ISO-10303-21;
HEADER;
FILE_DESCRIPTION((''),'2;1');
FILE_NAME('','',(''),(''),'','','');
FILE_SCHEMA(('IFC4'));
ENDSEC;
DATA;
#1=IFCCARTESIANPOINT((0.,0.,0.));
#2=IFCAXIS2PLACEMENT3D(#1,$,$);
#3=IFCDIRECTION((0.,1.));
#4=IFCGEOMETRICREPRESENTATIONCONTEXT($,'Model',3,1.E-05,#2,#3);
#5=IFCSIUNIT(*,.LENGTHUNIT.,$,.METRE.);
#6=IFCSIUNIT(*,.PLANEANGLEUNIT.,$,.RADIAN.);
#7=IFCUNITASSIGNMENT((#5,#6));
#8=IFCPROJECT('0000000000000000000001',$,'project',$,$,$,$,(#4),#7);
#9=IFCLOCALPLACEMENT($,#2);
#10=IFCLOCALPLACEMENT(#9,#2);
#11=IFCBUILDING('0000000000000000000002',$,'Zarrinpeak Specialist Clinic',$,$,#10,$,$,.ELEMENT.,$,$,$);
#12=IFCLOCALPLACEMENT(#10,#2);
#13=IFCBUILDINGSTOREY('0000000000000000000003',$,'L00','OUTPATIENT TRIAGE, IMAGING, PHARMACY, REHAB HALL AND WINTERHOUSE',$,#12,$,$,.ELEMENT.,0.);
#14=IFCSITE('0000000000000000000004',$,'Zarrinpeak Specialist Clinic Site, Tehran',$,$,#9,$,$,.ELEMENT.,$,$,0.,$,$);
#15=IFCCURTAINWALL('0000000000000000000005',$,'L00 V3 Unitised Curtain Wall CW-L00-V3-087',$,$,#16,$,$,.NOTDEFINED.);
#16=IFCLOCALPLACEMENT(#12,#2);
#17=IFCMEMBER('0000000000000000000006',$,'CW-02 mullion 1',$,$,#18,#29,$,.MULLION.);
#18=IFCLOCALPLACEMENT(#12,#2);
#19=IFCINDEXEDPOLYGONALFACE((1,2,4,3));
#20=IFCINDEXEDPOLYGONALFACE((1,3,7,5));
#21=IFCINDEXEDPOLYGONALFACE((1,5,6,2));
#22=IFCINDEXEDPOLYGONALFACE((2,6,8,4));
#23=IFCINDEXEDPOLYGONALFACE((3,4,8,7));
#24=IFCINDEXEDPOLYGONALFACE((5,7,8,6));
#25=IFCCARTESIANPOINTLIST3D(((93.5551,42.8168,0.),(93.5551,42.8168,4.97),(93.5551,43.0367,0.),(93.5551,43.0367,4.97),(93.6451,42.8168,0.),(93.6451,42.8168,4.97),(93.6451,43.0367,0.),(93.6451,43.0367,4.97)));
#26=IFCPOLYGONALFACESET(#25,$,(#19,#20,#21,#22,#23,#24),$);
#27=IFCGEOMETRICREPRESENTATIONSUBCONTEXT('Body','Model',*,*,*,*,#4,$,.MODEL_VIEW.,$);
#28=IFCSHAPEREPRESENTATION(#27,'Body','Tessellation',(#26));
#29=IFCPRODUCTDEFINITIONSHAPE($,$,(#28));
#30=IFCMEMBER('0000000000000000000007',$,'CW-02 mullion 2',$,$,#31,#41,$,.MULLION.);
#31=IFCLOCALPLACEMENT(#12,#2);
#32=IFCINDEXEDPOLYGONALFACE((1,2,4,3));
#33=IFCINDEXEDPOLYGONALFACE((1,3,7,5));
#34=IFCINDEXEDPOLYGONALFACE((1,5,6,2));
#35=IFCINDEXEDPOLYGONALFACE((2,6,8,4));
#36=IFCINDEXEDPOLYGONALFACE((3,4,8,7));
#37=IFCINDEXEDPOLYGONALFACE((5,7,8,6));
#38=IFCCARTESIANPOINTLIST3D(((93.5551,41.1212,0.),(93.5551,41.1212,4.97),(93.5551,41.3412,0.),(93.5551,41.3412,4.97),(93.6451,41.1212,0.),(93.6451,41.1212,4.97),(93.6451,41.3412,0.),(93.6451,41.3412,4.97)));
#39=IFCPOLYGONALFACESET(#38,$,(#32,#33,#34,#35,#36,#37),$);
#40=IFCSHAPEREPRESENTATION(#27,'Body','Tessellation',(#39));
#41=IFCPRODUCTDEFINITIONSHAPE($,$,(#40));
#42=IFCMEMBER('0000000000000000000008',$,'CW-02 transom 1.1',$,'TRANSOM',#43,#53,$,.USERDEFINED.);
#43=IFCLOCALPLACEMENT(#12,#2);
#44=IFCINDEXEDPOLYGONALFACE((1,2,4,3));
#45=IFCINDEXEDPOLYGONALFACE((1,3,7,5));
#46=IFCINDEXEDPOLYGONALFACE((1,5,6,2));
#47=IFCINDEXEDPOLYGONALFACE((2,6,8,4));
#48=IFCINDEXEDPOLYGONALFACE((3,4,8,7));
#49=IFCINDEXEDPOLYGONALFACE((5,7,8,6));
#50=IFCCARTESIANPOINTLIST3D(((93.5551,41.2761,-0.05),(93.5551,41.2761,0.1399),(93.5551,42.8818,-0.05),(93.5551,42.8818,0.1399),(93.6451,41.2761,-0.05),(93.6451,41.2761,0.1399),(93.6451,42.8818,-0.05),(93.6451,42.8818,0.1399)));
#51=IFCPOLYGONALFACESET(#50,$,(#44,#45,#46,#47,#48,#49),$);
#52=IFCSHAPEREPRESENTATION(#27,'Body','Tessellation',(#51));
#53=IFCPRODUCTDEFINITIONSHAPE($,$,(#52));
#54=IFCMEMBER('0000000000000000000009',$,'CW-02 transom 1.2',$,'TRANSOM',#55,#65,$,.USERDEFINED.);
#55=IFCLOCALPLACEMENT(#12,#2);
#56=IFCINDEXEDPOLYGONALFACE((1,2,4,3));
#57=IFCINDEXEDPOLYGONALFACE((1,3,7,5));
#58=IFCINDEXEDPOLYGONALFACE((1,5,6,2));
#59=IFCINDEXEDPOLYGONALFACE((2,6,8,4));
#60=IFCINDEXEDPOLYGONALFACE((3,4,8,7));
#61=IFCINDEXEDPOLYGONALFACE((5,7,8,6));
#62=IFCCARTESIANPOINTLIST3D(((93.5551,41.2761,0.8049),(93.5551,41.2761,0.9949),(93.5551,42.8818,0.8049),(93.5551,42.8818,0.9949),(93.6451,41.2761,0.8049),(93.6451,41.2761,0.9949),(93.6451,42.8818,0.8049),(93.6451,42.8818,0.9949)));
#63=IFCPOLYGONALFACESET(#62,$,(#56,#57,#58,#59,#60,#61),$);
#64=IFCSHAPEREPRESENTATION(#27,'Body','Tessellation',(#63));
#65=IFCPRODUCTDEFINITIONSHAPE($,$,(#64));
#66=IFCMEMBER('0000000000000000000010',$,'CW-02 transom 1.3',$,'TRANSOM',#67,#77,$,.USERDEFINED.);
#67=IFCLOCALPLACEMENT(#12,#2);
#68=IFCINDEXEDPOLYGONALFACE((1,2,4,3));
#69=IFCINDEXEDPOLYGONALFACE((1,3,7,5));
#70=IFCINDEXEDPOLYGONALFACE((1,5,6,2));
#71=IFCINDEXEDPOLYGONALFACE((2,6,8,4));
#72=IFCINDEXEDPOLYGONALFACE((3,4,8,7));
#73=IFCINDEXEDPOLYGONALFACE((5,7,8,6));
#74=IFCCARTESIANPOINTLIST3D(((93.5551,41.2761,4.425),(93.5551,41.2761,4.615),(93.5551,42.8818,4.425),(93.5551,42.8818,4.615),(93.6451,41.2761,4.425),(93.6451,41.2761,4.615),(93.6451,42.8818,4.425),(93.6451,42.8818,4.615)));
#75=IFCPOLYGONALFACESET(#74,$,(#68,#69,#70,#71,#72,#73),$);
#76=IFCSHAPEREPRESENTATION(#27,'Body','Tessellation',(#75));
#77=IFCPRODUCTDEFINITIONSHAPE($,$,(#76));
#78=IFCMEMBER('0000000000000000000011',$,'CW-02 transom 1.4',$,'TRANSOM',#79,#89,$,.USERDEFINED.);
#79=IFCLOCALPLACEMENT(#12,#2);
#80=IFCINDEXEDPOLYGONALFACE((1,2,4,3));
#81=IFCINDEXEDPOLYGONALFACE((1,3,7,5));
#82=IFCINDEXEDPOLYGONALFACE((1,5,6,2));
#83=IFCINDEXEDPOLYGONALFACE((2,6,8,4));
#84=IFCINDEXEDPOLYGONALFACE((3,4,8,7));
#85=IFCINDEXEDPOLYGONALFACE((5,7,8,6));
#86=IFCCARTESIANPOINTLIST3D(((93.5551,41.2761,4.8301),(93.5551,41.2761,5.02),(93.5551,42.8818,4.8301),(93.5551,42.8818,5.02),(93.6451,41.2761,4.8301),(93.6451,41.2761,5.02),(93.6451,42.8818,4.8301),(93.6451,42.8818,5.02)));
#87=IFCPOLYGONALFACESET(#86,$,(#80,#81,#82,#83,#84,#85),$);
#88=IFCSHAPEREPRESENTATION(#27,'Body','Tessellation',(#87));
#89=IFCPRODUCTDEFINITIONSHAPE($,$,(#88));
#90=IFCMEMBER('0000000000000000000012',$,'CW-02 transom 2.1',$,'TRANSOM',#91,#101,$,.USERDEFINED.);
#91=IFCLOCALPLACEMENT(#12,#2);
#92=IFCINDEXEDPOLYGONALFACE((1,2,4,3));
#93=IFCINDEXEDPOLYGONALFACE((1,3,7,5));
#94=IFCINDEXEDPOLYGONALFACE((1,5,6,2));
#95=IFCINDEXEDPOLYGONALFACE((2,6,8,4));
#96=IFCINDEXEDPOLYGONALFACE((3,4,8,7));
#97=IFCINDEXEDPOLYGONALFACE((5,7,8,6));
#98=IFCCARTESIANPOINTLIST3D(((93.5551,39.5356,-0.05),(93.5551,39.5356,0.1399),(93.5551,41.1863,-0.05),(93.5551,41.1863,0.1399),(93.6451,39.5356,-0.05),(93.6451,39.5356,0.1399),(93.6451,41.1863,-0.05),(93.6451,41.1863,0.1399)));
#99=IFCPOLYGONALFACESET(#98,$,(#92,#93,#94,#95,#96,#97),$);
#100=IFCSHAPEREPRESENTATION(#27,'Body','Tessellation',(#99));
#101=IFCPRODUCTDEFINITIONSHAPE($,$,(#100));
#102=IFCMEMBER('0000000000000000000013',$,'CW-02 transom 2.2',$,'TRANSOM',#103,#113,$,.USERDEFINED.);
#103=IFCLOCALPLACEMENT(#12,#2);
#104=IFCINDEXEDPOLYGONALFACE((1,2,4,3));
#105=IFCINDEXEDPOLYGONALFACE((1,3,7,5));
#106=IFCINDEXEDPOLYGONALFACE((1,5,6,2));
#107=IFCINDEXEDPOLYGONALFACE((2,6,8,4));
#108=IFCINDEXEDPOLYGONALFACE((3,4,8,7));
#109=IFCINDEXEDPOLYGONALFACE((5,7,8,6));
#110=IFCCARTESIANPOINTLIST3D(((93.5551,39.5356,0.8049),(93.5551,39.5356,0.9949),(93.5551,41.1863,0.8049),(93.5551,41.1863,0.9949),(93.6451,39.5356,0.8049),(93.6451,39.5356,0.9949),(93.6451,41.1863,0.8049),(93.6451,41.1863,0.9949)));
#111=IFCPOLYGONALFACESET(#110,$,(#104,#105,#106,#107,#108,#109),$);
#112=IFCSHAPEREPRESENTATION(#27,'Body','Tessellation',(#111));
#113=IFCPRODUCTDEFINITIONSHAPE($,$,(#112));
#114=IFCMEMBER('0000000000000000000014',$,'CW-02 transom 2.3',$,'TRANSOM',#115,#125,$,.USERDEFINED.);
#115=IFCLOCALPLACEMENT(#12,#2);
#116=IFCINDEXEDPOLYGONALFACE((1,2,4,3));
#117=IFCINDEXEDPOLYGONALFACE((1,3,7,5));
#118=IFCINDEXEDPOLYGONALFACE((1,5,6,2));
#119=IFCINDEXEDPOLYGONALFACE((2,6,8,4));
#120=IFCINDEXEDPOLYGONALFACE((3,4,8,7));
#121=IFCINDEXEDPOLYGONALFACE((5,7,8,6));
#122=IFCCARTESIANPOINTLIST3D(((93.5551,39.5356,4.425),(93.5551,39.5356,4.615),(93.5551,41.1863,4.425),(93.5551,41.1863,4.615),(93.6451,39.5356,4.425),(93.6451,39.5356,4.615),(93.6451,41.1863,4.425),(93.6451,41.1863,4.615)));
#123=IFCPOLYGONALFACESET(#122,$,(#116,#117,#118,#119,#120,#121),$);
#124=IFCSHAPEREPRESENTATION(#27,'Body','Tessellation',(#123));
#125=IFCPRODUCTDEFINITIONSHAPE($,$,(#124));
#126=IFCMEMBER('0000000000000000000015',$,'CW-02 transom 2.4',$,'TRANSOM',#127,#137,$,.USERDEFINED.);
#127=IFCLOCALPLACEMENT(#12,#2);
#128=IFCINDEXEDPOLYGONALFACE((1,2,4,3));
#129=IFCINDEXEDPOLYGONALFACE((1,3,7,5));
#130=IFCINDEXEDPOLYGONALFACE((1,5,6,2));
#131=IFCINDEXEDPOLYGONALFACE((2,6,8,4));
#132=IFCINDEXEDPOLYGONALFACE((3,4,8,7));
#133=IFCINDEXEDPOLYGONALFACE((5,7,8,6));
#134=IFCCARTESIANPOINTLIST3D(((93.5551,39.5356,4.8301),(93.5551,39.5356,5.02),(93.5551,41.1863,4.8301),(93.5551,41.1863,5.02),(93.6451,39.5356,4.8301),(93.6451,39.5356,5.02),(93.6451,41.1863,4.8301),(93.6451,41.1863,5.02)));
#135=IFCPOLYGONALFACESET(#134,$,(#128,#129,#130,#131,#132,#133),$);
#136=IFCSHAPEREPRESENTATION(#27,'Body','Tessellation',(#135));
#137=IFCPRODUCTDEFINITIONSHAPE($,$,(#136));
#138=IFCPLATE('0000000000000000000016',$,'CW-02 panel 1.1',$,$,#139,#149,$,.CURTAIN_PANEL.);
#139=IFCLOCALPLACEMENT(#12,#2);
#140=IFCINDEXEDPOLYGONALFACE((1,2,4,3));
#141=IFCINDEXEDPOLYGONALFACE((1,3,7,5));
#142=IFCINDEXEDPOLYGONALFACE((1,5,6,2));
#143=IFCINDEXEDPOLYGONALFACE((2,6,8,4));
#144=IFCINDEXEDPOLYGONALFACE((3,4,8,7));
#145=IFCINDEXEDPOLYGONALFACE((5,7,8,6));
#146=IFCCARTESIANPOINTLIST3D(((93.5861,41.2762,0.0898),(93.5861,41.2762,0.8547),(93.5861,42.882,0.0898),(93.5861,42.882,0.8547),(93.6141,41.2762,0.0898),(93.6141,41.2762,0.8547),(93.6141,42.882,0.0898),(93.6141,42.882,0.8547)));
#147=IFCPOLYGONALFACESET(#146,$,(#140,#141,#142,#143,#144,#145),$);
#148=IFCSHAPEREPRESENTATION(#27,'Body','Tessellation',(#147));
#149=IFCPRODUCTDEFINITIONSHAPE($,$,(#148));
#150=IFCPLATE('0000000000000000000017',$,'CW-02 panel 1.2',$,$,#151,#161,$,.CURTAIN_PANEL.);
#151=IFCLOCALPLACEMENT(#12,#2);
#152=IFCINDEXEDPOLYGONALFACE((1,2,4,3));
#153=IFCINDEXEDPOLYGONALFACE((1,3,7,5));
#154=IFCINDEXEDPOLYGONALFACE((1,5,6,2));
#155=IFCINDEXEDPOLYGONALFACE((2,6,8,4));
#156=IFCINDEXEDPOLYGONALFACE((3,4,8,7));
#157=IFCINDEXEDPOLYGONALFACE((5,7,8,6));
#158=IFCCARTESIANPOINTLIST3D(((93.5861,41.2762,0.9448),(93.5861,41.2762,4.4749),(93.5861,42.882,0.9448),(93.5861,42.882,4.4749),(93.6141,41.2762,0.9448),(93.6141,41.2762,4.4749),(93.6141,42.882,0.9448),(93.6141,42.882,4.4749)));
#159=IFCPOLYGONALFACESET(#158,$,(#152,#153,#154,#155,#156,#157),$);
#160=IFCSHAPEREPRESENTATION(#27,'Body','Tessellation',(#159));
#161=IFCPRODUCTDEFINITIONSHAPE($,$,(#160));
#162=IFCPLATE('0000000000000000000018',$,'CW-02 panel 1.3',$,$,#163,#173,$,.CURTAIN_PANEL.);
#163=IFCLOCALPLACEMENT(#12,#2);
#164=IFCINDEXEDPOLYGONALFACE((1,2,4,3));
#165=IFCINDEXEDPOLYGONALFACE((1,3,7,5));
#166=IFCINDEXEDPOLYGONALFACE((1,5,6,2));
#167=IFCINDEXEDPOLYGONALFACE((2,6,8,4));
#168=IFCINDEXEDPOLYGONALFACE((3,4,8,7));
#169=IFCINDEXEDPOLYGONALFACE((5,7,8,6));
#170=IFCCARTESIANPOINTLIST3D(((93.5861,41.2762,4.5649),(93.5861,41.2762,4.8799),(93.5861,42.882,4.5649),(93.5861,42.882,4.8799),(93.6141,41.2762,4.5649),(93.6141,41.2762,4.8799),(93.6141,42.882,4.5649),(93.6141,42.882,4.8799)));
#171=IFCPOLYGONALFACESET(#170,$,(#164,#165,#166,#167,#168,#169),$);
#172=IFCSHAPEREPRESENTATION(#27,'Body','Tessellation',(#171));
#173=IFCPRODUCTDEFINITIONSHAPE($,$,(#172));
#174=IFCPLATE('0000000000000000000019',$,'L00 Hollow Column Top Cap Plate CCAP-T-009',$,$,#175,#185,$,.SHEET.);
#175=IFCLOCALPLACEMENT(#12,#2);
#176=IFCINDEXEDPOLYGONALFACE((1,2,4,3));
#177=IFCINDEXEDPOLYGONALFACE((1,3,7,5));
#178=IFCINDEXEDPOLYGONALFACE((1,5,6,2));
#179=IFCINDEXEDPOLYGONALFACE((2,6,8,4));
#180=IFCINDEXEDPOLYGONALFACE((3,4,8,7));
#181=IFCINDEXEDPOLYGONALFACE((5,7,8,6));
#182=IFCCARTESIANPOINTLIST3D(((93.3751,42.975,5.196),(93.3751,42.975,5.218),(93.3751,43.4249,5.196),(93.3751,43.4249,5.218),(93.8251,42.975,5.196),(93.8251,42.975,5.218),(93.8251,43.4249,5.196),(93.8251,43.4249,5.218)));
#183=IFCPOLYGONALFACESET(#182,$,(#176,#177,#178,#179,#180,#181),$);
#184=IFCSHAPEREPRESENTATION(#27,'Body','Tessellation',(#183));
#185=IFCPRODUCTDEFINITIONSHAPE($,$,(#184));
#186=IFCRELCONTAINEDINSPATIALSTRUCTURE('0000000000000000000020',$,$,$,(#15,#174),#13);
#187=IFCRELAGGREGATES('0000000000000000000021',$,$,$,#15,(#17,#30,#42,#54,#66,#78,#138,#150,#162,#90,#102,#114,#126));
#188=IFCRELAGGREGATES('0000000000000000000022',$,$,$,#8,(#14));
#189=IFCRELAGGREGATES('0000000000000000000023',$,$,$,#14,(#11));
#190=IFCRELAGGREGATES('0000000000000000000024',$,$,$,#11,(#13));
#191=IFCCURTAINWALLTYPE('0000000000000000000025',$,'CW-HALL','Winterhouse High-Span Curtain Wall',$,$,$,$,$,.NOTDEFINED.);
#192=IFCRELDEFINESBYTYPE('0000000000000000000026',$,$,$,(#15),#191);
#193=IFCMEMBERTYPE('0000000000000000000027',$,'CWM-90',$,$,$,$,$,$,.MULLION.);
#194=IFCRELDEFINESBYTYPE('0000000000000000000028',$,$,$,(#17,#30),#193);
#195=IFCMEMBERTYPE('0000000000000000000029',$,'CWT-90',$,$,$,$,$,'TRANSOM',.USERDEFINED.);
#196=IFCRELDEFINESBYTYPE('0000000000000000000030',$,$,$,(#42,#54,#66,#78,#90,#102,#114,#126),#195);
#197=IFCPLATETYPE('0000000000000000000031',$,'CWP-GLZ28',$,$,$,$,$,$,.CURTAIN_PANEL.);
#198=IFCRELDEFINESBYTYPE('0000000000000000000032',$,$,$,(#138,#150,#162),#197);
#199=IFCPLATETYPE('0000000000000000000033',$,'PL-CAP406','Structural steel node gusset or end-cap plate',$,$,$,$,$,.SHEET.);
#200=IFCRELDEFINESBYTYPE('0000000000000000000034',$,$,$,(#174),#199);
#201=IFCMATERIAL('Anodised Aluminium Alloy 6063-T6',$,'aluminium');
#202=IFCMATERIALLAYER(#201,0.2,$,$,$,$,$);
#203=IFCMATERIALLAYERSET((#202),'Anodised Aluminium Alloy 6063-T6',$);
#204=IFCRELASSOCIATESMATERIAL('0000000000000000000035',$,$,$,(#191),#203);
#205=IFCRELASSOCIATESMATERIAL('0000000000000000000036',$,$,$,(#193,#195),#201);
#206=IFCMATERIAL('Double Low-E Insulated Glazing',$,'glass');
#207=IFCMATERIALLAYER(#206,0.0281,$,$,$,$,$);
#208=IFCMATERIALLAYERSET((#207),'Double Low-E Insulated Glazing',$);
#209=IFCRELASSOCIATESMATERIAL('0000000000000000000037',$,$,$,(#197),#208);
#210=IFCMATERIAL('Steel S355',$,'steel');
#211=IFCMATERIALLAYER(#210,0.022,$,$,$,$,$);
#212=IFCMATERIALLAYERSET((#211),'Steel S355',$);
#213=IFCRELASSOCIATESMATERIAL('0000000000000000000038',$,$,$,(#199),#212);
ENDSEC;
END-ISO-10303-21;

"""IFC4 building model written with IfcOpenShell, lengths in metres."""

from ifc_helpers import new_model, si_unit, direction, frame, origin, origin_2d, place, context, subcontext, project, spatial, rectangle, extrude, material, layer, layer_set, material_profile, profile_set, type_object, element, aggregate, save


model = new_model("IFC4")

# Units and contexts
model_context = context("Model", 3, precision=1e-05, world=origin(), true_north=direction((0.0, 1.0)))
body_context = subcontext(model_context, "Body", "Model", "MODEL_VIEW")
ifc_project = project(units=[si_unit("LENGTHUNIT", "METRE"), si_unit("PLANEANGLEUNIT", "RADIAN")], contexts=[model_context])

# Site, building, storey
site_placement = place(None, origin())
site = spatial("IfcSite", under=ifc_project, at=site_placement, Name="Zarrinpeak Specialist Clinic Site, Tehran", CompositionType="ELEMENT", RefElevation=0.0)
building_placement = place(site_placement, origin())
building = spatial("IfcBuilding", under=site, at=building_placement, Name="Zarrinpeak Specialist Clinic", CompositionType="ELEMENT")
storey_placement = place(building_placement, origin())
storey = spatial("IfcBuildingStorey", under=building, at=storey_placement, Name="L00", Description="OUTPATIENT TRIAGE, IMAGING, PHARMACY, REHAB HALL AND WINTERHOUSE", CompositionType="ELEMENT", Elevation=0.0)

# Shared definitions
ifc_material_1 = material(Name="Steel S355", Category="steel")

# Curtain wall, members, plates
ifc_material_2 = material(Name="Anodised Aluminium Alloy 6063-T6", Category="aluminium")
ifc_layer_1 = layer(ifc_material_2, 0.2)
ifc_layer_set_1 = layer_set([ifc_layer_1], Name="Anodised Aluminium Alloy 6063-T6")
curtain_wall_type = type_object("IfcCurtainWallType", Name="CW-HALL", Description="Winterhouse High-Span Curtain Wall", PredefinedType="NOTDEFINED", material=ifc_layer_set_1)
curtain_wall_placement = place(storey_placement, origin())
curtain_wall = element("IfcCurtainWall", 1, at=curtain_wall_placement, inside=storey, type_object=curtain_wall_type, Name="L00 V3 Unitised Curtain Wall CW-L00-V3-087", PredefinedType="NOTDEFINED")
ifc_material_profile_1 = material_profile(ifc_material_2, rectangle(XDim=0.0901, YDim=0.22, at=origin_2d()), Name="ALU 90x220")
ifc_profile_set_1 = profile_set([ifc_material_profile_1], Name="Anodised Aluminium Alloy 6063-T6")
member_type_1 = type_object("IfcMemberType", Name="CWM-90", PredefinedType="MULLION", material=ifc_profile_set_1)
member_1_placement = place(storey_placement, frame((93.6001, 42.9268, 0.0), z_axis=(0.0, 0.0, 1.0), x_axis=(1.0, 0.0, 0.0)))
member_1 = element("IfcMember", 2, at=member_1_placement, type_object=member_type_1, Name="CW-02 mullion 1", PredefinedType="MULLION", context=body_context, shape_type="SweptSolid", body=[
    extrude(rectangle(XDim=0.0901, YDim=0.22, at=origin_2d()), origin(), (0.0, 0.0, 1.0), 4.97),
])
member_2_placement = place(storey_placement, frame((93.6001, 41.2312, 0.0), z_axis=(0.0, 0.0, 1.0), x_axis=(1.0, 0.0, 0.0)))
member_2 = element("IfcMember", 3, at=member_2_placement, type_object=member_type_1, Name="CW-02 mullion 2", PredefinedType="MULLION", context=body_context, shape_type="SweptSolid", body=[
    extrude(rectangle(XDim=0.0901, YDim=0.22, at=origin_2d()), origin(), (0.0, 0.0, 1.0), 4.97),
])
ifc_material_profile_2 = material_profile(ifc_material_2, rectangle(XDim=0.0901, YDim=0.1899, at=origin_2d()), Name="ALU 90x190")
ifc_profile_set_2 = profile_set([ifc_material_profile_2], Name="Anodised Aluminium Alloy 6063-T6")
member_type_2 = type_object("IfcMemberType", Name="CWT-90", ElementType="TRANSOM", PredefinedType="USERDEFINED", material=ifc_profile_set_2)
member_3_placement = place(storey_placement, frame((93.6001, 42.8818, 0.0449), z_axis=(0.0, -1.0, 0.0), x_axis=(1.0, 0.0, 0.0)))
member_3 = element("IfcMember", 4, at=member_3_placement, type_object=member_type_2, Name="CW-02 transom 1.1", ObjectType="TRANSOM", PredefinedType="USERDEFINED", context=body_context, shape_type="SweptSolid", body=[
    extrude(rectangle(XDim=0.0901, YDim=0.1899, at=origin_2d()), origin(), (0.0, 0.0, 1.0), 1.6057),
])
member_4_placement = place(storey_placement, frame((93.6001, 42.8818, 0.8999), z_axis=(0.0, -1.0, 0.0), x_axis=(1.0, 0.0, 0.0)))
member_4 = element("IfcMember", 5, at=member_4_placement, type_object=member_type_2, Name="CW-02 transom 1.2", ObjectType="TRANSOM", PredefinedType="USERDEFINED", context=body_context, shape_type="SweptSolid", body=[
    extrude(rectangle(XDim=0.0901, YDim=0.1899, at=origin_2d()), origin(), (0.0, 0.0, 1.0), 1.6057),
])
member_5_placement = place(storey_placement, frame((93.6001, 42.8818, 4.52), z_axis=(0.0, -1.0, 0.0), x_axis=(1.0, 0.0, 0.0)))
member_5 = element("IfcMember", 6, at=member_5_placement, type_object=member_type_2, Name="CW-02 transom 1.3", ObjectType="TRANSOM", PredefinedType="USERDEFINED", context=body_context, shape_type="SweptSolid", body=[
    extrude(rectangle(XDim=0.0901, YDim=0.1899, at=origin_2d()), origin(), (0.0, 0.0, 1.0), 1.6057),
])
member_6_placement = place(storey_placement, frame((93.6001, 42.8818, 4.925), z_axis=(0.0, -1.0, 0.0), x_axis=(1.0, 0.0, 0.0)))
member_6 = element("IfcMember", 7, at=member_6_placement, type_object=member_type_2, Name="CW-02 transom 1.4", ObjectType="TRANSOM", PredefinedType="USERDEFINED", context=body_context, shape_type="SweptSolid", body=[
    extrude(rectangle(XDim=0.0901, YDim=0.1899, at=origin_2d()), origin(), (0.0, 0.0, 1.0), 1.6057),
])
member_7_placement = place(storey_placement, frame((93.6001, 41.1863, 0.0449), z_axis=(0.0, -1.0, 0.0), x_axis=(1.0, 0.0, 0.0)))
member_7 = element("IfcMember", 8, at=member_7_placement, type_object=member_type_2, Name="CW-02 transom 2.1", ObjectType="TRANSOM", PredefinedType="USERDEFINED", context=body_context, shape_type="SweptSolid", body=[
    extrude(rectangle(XDim=0.0901, YDim=0.1899, at=origin_2d()), origin(), (0.0, 0.0, 1.0), 1.6506),
])
member_8_placement = place(storey_placement, frame((93.6001, 41.1863, 0.8999), z_axis=(0.0, -1.0, 0.0), x_axis=(1.0, 0.0, 0.0)))
member_8 = element("IfcMember", 9, at=member_8_placement, type_object=member_type_2, Name="CW-02 transom 2.2", ObjectType="TRANSOM", PredefinedType="USERDEFINED", context=body_context, shape_type="SweptSolid", body=[
    extrude(rectangle(XDim=0.0901, YDim=0.1899, at=origin_2d()), origin(), (0.0, 0.0, 1.0), 1.6506),
])
member_9_placement = place(storey_placement, frame((93.6001, 41.1863, 4.52), z_axis=(0.0, -1.0, 0.0), x_axis=(1.0, 0.0, 0.0)))
member_9 = element("IfcMember", 10, at=member_9_placement, type_object=member_type_2, Name="CW-02 transom 2.3", ObjectType="TRANSOM", PredefinedType="USERDEFINED", context=body_context, shape_type="SweptSolid", body=[
    extrude(rectangle(XDim=0.0901, YDim=0.1899, at=origin_2d()), origin(), (0.0, 0.0, 1.0), 1.6506),
])
member_10_placement = place(storey_placement, frame((93.6001, 41.1863, 4.925), z_axis=(0.0, -1.0, 0.0), x_axis=(1.0, 0.0, 0.0)))
member_10 = element("IfcMember", 11, at=member_10_placement, type_object=member_type_2, Name="CW-02 transom 2.4", ObjectType="TRANSOM", PredefinedType="USERDEFINED", context=body_context, shape_type="SweptSolid", body=[
    extrude(rectangle(XDim=0.0901, YDim=0.1899, at=origin_2d()), origin(), (0.0, 0.0, 1.0), 1.6506),
])
ifc_material_3 = material(Name="Double Low-E Insulated Glazing", Category="glass")
ifc_layer_2 = layer(ifc_material_3, 0.0281)
ifc_layer_set_2 = layer_set([ifc_layer_2], Name="Double Low-E Insulated Glazing")
plate_type_1 = type_object("IfcPlateType", Name="CWP-GLZ28", PredefinedType="CURTAIN_PANEL", material=ifc_layer_set_2)
plate_1_placement = place(storey_placement, frame((93.6001, 42.0791, 0.0898), z_axis=(0.0, 0.0, 1.0), x_axis=(0.0, -1.0, 0.0)))
plate_1 = element("IfcPlate", 12, at=plate_1_placement, type_object=plate_type_1, Name="CW-02 panel 1.1", PredefinedType="CURTAIN_PANEL", context=body_context, shape_type="SweptSolid", body=[
    extrude(rectangle(XDim=1.6057, YDim=0.0281, at=origin_2d()), origin(), (0.0, 0.0, 1.0), 0.7649),
])
plate_2_placement = place(storey_placement, frame((93.6001, 42.0791, 0.9448), z_axis=(0.0, 0.0, 1.0), x_axis=(0.0, -1.0, 0.0)))
plate_2 = element("IfcPlate", 13, at=plate_2_placement, type_object=plate_type_1, Name="CW-02 panel 1.2", PredefinedType="CURTAIN_PANEL", context=body_context, shape_type="SweptSolid", body=[
    extrude(rectangle(XDim=1.6057, YDim=0.0281, at=origin_2d()), origin(), (0.0, 0.0, 1.0), 3.53),
])
plate_3_placement = place(storey_placement, frame((93.6001, 42.0791, 4.5649), z_axis=(0.0, 0.0, 1.0), x_axis=(0.0, -1.0, 0.0)))
plate_3 = element("IfcPlate", 14, at=plate_3_placement, type_object=plate_type_1, Name="CW-02 panel 1.3", PredefinedType="CURTAIN_PANEL", context=body_context, shape_type="SweptSolid", body=[
    extrude(rectangle(XDim=1.6057, YDim=0.0281, at=origin_2d()), origin(), (0.0, 0.0, 1.0), 0.3149),
])
aggregate(curtain_wall, [member_1, member_2, member_3, member_4, member_5, member_6, plate_1, plate_2, plate_3, member_7, member_8, member_9, member_10])

# Plate
ifc_layer_3 = layer(ifc_material_1, 0.022)
ifc_layer_set_3 = layer_set([ifc_layer_3], Name="Steel S355")
plate_type_2 = type_object("IfcPlateType", Name="PL-CAP406", Description="Structural steel node gusset or end-cap plate", PredefinedType="SHEET", material=ifc_layer_set_3)
plate_4_placement = place(storey_placement, frame((93.6001, 43.2, 5.196), z_axis=(0.0, 0.0, 1.0), x_axis=(1.0, 0.0, 0.0)))
element("IfcPlate", 15, at=plate_4_placement, inside=storey, type_object=plate_type_2, Name="L00 Hollow Column Top Cap Plate CCAP-T-009", PredefinedType="SHEET", context=body_context, shape_type="SweptSolid", body=[
    extrude(rectangle(XDim=0.45, YDim=0.45, at=origin_2d()), origin(), (0.0, 0.0, 1.0), 0.022),
])

save(model, "model.ifc")
